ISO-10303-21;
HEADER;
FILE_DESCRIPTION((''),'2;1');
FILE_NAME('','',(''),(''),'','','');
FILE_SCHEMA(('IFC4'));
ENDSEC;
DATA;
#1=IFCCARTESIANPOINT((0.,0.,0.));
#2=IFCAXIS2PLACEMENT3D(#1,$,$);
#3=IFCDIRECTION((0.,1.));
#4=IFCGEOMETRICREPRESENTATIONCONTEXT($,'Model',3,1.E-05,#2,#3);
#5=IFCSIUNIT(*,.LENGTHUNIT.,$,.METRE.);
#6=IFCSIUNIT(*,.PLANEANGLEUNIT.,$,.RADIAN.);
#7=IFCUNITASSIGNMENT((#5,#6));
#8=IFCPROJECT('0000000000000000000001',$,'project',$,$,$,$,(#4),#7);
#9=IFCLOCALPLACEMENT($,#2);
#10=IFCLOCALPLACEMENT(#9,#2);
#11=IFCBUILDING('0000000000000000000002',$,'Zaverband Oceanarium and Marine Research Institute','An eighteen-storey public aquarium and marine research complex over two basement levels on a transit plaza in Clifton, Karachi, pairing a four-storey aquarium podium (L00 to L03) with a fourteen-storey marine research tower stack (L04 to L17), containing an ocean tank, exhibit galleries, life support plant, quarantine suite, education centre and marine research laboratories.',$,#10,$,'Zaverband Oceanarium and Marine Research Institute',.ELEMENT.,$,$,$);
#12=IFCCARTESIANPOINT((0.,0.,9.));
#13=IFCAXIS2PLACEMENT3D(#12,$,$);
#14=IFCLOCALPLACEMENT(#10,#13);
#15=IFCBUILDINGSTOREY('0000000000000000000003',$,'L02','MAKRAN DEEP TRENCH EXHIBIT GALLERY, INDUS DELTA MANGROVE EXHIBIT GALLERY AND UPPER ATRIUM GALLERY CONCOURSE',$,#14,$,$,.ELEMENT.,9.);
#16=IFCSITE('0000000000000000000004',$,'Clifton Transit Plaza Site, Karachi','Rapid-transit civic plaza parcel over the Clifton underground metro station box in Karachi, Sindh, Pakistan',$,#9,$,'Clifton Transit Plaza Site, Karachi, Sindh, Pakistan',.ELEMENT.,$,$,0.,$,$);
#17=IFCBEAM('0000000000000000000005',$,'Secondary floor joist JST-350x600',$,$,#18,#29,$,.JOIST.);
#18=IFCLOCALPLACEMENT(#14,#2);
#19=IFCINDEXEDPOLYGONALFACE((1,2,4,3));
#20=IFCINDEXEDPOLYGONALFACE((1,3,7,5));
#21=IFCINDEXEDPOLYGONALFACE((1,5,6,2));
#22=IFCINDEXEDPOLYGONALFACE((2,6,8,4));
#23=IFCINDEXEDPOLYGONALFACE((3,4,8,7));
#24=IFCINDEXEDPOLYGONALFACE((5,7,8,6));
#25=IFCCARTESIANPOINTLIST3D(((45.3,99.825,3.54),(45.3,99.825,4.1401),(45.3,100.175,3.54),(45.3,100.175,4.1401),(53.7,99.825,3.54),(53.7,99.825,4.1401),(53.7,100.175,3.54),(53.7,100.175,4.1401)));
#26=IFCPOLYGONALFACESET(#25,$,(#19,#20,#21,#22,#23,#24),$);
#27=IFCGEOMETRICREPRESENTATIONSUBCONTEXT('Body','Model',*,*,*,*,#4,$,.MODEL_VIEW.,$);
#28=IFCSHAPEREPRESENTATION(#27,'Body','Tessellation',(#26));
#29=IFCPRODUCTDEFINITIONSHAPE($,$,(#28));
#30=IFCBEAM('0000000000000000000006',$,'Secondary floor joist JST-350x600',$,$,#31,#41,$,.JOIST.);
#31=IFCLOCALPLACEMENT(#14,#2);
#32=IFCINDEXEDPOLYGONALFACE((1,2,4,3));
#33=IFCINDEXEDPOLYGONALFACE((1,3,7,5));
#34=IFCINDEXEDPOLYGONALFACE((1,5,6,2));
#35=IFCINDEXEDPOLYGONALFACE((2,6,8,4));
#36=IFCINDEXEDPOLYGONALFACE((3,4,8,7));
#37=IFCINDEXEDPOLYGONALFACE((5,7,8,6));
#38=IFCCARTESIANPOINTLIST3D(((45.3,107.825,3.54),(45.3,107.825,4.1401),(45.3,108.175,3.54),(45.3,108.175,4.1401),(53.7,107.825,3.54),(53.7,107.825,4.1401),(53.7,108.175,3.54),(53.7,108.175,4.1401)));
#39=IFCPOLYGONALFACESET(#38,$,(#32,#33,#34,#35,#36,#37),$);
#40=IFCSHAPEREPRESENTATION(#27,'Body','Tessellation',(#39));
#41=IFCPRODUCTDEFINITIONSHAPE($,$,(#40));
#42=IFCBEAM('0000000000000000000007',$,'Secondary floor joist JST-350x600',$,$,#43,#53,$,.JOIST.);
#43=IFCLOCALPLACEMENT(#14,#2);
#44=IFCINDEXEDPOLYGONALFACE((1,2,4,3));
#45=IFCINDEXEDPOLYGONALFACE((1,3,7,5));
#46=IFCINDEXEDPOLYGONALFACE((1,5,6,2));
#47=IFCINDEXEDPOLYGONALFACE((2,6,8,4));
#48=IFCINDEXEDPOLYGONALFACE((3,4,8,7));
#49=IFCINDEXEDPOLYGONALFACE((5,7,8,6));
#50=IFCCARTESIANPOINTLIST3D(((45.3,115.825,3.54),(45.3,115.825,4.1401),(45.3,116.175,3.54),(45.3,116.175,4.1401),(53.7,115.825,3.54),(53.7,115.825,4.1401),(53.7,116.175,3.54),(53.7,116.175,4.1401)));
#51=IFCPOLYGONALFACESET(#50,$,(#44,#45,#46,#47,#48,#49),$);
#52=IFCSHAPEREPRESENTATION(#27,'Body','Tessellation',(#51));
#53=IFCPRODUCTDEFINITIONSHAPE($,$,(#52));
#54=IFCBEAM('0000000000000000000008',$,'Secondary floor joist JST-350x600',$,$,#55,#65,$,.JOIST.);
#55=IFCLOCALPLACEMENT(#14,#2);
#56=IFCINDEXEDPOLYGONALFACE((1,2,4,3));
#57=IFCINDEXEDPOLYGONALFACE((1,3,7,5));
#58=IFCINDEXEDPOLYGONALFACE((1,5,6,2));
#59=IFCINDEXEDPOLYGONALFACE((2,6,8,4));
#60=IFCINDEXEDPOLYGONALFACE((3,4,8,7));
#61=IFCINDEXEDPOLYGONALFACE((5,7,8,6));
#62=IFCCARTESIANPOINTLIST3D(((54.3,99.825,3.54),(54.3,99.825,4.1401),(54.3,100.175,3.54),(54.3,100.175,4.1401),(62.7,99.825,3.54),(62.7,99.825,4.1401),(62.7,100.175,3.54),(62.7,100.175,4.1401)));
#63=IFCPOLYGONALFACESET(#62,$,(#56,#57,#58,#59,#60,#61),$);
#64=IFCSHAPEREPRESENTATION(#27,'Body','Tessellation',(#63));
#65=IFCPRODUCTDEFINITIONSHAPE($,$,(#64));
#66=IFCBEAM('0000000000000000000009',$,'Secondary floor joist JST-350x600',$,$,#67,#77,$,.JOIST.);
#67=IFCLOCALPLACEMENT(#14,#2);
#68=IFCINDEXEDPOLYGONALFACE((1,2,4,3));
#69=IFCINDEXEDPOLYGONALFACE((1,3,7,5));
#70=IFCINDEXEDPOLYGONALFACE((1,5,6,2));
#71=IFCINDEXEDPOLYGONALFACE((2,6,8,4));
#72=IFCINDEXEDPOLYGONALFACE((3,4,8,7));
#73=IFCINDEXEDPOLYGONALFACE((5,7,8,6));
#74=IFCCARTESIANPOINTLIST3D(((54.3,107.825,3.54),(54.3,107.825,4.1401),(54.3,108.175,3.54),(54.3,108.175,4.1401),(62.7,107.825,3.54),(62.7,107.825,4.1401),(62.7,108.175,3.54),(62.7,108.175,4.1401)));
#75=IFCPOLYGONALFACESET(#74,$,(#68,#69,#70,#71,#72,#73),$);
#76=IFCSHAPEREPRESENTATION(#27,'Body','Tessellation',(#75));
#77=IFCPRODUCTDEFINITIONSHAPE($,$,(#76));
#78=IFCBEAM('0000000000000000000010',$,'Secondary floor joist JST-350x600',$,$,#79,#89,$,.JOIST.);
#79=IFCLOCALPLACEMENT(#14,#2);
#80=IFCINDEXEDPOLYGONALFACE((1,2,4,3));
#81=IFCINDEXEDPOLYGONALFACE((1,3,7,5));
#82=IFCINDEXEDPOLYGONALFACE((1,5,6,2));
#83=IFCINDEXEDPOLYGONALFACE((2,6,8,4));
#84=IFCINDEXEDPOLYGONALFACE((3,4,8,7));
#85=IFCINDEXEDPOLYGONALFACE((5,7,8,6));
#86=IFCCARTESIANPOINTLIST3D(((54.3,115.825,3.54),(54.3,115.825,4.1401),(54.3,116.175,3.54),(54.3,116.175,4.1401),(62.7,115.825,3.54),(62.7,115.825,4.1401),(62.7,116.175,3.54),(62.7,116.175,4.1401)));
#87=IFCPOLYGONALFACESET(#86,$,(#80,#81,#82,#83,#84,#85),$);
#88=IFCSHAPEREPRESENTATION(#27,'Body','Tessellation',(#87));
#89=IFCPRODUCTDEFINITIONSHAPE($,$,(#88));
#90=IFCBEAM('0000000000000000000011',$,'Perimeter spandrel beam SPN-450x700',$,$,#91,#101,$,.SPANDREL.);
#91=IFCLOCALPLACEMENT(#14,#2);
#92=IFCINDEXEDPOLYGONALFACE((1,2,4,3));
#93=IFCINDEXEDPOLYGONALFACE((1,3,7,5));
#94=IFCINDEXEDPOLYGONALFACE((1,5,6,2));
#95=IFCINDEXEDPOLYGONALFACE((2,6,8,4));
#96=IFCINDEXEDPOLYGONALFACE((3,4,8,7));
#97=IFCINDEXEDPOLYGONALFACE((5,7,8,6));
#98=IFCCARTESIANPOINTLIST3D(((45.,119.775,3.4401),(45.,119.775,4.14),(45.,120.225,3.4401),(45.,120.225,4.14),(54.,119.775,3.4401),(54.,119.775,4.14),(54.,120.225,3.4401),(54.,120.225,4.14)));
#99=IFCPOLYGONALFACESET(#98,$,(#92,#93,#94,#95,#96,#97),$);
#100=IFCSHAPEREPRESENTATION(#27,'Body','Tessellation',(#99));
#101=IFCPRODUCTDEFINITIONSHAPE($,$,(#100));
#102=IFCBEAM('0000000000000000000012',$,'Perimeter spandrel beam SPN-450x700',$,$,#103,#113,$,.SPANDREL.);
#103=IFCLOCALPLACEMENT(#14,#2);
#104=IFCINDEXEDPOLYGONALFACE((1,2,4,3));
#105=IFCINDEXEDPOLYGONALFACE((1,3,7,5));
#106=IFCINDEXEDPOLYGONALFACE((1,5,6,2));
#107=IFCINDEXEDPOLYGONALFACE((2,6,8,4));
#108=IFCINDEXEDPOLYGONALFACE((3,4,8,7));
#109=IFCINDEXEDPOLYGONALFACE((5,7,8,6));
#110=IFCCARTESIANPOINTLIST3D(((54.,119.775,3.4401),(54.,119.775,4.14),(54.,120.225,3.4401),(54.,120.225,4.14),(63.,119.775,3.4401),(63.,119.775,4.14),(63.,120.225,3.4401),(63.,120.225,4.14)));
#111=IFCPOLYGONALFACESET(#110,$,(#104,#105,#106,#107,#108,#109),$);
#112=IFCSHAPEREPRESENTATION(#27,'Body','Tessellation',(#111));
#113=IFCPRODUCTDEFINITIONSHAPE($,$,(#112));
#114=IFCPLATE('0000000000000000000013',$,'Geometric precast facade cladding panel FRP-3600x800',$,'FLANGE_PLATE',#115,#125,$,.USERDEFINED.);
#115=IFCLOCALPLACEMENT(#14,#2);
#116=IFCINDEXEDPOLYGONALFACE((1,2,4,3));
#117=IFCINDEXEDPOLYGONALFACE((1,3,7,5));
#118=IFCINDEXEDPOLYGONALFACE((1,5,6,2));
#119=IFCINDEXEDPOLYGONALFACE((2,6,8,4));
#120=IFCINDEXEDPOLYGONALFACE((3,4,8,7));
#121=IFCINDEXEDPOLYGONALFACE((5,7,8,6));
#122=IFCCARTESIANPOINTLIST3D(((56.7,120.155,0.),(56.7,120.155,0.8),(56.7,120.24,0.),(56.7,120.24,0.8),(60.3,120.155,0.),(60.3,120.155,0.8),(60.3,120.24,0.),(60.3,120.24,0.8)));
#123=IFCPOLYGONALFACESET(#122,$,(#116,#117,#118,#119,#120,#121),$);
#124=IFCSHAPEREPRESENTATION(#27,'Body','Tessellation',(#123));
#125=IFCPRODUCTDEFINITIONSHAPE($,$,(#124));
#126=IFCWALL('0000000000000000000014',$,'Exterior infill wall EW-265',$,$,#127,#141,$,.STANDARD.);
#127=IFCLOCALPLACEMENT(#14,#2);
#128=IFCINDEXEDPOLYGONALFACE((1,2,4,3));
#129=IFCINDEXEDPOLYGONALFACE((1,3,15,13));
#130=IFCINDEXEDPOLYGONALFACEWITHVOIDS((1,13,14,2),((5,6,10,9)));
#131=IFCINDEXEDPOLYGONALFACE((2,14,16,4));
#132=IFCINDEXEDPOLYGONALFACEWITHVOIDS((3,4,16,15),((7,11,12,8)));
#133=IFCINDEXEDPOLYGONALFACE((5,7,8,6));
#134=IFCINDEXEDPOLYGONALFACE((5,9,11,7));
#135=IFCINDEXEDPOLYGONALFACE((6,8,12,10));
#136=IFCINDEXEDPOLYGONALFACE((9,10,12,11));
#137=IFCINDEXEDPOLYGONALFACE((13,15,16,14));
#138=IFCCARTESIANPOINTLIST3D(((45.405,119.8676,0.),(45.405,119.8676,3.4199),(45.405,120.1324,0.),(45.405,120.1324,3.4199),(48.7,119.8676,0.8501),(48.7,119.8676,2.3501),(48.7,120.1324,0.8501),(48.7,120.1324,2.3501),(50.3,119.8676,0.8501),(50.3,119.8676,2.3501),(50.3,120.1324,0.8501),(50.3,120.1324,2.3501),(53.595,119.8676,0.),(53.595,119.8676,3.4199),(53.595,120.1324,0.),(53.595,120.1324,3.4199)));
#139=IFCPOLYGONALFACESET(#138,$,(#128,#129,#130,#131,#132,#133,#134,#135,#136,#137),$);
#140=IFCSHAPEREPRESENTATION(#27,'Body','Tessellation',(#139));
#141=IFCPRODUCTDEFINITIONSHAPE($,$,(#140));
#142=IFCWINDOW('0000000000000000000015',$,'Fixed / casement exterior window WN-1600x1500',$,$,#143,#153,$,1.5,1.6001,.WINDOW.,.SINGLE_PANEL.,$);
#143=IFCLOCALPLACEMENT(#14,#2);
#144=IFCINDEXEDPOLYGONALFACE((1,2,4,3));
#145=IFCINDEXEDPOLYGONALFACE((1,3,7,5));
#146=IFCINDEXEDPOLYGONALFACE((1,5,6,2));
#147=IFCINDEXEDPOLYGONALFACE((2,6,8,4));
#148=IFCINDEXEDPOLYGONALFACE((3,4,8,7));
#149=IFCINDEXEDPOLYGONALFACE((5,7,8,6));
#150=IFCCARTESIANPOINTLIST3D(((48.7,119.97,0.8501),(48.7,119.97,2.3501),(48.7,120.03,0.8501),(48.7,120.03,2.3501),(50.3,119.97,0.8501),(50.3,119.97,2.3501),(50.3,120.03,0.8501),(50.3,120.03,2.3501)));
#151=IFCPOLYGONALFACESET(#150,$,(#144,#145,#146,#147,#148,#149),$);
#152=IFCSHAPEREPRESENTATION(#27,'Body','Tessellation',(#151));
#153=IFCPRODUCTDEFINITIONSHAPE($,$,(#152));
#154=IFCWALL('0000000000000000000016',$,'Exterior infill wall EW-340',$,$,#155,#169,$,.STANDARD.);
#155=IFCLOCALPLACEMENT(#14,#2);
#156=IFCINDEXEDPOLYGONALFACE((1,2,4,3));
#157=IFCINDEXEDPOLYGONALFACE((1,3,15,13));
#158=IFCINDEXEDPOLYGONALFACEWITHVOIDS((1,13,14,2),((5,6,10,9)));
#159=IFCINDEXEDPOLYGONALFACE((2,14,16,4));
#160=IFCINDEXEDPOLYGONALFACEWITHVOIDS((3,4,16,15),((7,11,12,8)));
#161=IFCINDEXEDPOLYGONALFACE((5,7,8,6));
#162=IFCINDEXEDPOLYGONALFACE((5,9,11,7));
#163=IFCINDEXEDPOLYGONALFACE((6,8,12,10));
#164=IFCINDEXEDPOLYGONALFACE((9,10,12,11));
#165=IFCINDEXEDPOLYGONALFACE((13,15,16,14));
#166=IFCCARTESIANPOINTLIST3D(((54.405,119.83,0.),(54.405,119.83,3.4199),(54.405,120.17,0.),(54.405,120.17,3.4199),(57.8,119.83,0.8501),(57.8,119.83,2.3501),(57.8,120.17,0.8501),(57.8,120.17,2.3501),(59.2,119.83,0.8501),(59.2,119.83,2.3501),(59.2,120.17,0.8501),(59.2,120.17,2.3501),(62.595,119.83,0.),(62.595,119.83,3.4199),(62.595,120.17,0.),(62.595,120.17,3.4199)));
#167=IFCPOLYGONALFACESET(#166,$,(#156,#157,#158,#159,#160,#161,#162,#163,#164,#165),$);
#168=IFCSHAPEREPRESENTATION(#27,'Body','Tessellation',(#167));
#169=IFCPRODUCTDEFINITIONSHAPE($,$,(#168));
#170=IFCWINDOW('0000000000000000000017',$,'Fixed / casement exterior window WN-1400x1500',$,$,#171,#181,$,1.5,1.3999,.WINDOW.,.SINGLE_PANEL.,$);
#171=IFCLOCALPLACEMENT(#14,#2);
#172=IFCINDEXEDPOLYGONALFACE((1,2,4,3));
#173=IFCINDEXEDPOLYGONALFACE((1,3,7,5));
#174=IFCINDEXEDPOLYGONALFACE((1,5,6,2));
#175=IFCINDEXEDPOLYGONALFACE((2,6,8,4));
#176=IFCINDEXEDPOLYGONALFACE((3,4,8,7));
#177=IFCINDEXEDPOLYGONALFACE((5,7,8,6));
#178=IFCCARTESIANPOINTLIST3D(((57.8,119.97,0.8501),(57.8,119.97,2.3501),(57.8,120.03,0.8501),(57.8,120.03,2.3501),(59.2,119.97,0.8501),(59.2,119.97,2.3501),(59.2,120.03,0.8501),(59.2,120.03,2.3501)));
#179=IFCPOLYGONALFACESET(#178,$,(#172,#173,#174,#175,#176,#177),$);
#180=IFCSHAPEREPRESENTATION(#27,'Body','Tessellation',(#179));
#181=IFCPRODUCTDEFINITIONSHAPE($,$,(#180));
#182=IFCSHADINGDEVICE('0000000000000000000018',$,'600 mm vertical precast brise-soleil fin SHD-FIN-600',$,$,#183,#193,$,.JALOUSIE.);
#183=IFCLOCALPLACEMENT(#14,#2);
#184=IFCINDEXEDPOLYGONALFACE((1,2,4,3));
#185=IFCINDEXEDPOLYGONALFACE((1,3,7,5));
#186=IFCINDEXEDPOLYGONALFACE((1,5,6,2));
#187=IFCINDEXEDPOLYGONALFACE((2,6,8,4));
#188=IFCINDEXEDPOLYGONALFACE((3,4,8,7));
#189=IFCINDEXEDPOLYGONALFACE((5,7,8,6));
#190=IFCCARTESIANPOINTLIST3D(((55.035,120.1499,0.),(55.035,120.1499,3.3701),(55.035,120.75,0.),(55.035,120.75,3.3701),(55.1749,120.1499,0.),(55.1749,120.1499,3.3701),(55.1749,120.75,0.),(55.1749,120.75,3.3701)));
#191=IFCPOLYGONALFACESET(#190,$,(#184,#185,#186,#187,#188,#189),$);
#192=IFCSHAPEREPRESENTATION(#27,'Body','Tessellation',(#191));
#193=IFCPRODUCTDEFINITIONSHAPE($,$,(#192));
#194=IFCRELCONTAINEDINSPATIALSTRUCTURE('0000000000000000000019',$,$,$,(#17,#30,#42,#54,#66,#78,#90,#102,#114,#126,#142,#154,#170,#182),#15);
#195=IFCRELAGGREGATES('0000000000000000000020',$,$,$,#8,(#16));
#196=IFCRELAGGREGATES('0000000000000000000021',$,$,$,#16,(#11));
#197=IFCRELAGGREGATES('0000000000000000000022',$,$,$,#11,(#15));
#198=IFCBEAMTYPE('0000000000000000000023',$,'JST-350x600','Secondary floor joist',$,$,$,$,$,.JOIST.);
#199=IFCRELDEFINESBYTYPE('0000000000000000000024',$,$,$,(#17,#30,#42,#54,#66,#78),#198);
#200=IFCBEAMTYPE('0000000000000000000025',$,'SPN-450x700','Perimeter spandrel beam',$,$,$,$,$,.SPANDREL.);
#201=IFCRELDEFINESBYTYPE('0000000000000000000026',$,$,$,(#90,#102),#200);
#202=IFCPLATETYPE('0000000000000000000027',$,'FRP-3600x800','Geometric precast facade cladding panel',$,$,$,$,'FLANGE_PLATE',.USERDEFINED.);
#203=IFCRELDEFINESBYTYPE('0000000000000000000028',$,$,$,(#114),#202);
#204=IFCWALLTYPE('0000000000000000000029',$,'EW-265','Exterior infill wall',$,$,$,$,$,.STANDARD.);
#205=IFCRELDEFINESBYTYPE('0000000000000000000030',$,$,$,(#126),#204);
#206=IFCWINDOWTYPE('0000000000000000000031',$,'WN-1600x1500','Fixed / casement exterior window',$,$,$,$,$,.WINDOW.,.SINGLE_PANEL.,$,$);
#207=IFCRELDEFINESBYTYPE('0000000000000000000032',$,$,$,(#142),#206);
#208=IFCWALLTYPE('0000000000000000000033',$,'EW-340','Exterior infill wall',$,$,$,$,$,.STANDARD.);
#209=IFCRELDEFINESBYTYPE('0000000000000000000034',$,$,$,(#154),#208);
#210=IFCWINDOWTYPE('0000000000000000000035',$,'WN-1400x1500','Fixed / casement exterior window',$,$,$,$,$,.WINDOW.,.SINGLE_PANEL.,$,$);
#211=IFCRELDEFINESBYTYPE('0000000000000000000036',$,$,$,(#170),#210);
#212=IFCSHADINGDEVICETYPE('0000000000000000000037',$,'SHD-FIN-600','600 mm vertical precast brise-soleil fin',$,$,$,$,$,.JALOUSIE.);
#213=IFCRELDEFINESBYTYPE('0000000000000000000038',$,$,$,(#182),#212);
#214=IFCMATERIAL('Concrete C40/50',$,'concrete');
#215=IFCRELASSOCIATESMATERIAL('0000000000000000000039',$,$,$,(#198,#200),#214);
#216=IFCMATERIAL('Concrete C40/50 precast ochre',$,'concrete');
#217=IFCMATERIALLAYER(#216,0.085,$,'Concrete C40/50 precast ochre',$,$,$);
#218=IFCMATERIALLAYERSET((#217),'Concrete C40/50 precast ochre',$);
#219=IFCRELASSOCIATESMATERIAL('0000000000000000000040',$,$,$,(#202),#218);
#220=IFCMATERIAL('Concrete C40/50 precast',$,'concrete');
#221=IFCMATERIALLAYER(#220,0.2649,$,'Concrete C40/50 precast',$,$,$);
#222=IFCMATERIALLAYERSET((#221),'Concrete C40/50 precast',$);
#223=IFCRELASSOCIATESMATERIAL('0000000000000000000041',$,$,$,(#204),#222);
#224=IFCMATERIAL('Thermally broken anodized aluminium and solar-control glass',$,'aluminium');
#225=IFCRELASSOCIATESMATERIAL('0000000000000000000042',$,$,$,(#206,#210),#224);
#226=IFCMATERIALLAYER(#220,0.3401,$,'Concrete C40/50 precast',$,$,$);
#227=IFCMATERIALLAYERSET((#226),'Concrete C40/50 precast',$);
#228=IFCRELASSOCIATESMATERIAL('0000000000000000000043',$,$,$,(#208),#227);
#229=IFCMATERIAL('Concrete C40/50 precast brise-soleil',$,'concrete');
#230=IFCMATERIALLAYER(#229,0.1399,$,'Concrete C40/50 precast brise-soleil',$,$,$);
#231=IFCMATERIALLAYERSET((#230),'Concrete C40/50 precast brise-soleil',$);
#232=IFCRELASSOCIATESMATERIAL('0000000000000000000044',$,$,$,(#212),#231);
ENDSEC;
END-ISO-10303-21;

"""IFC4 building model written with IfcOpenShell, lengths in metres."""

from ifc_helpers import new_model, si_unit, direction, frame, frame_2d, origin, origin_2d, place, context, subcontext, project, spatial, rectangle, extrude, material, layer, layer_set, material_profile, profile_set, type_object, element, fill, save


model = new_model("IFC4")

# Units and contexts
model_context = context("Model", 3, precision=1e-05, world=origin(), true_north=direction((0.0, 1.0)))
body_context = subcontext(model_context, "Body", "Model", "MODEL_VIEW")
ifc_project = project(units=[si_unit("LENGTHUNIT", "METRE"), si_unit("PLANEANGLEUNIT", "RADIAN")], contexts=[model_context])

# Site, building, storey
site_placement = place(None, origin())
site = spatial("IfcSite", under=ifc_project, at=site_placement, Name="Clifton Transit Plaza Site, Karachi", Description="Rapid-transit civic plaza parcel over the Clifton underground metro station box in Karachi, Sindh, Pakistan", LongName="Clifton Transit Plaza Site, Karachi, Sindh, Pakistan", CompositionType="ELEMENT", RefElevation=0.0)
building_placement = place(site_placement, origin())
building = spatial("IfcBuilding", under=site, at=building_placement, Name="Zaverband Oceanarium and Marine Research Institute", Description="An eighteen-storey public aquarium and marine research complex over two basement levels on a transit plaza in Clifton, Karachi, pairing a four-storey aquarium podium (L00 to L03) with a fourteen-storey marine research tower stack (L04 to L17), containing an ocean tank, exhibit galleries, life support plant, quarantine suite, education centre and marine research laboratories.", LongName="Zaverband Oceanarium and Marine Research Institute", CompositionType="ELEMENT")
storey_placement = place(building_placement, frame((0.0, 0.0, 9.0)))
storey = spatial("IfcBuildingStorey", under=building, at=storey_placement, Name="L02", Description="MAKRAN DEEP TRENCH EXHIBIT GALLERY, INDUS DELTA MANGROVE EXHIBIT GALLERY AND UPPER ATRIUM GALLERY CONCOURSE", CompositionType="ELEMENT", Elevation=9.0)

# Beams
ifc_material_1 = material(Name="Concrete C40/50", Category="concrete")
ifc_material_profile_1 = material_profile(ifc_material_1, rectangle(XDim=0.3501, YDim=0.6001, at=origin_2d()), Name="RC350x600")
ifc_profile_set_1 = profile_set([ifc_material_profile_1], Name="Concrete C40/50")
beam_type_1 = type_object("IfcBeamType", Name="JST-350x600", Description="Secondary floor joist", PredefinedType="JOIST", material=ifc_profile_set_1)
for number, where, z_axis, x_axis, name in (
    (1, (45.3, 100.0, 3.8401), (1.0, 0.0, 0.0), (0.0, 1.0, 0.0), "Secondary floor joist JST-350x600"),
    (2, (45.3, 108.0, 3.8401), (1.0, 0.0, 0.0), (0.0, 1.0, 0.0), "Secondary floor joist JST-350x600"),
    (3, (45.3, 116.0, 3.8401), (1.0, 0.0, 0.0), (0.0, 1.0, 0.0), "Secondary floor joist JST-350x600"),
    (4, (54.3, 100.0, 3.8401), (1.0, 0.0, 0.0), (0.0, 1.0, 0.0), "Secondary floor joist JST-350x600"),
    (5, (54.3, 108.0, 3.8401), (1.0, 0.0, 0.0), (0.0, 1.0, 0.0), "Secondary floor joist JST-350x600"),
    (6, (54.3, 116.0, 3.8401), (1.0, 0.0, 0.0), (0.0, 1.0, 0.0), "Secondary floor joist JST-350x600"),
):
    element("IfcBeam", number, at=place(storey_placement, frame(where, z_axis=z_axis, x_axis=x_axis)), inside=storey, type_object=beam_type_1, Name=name, PredefinedType="JOIST", context=body_context, shape_type="SweptSolid", body=[
        extrude(rectangle(XDim=0.3501, YDim=0.6001, at=origin_2d()), origin(), (0.0, 0.0, 1.0), 8.3999),
    ])
ifc_material_profile_2 = material_profile(ifc_material_1, rectangle(XDim=0.45, YDim=0.7, at=origin_2d()), Name="RC450x700")
ifc_profile_set_2 = profile_set([ifc_material_profile_2], Name="Concrete C40/50")
beam_type_2 = type_object("IfcBeamType", Name="SPN-450x700", Description="Perimeter spandrel beam", PredefinedType="SPANDREL", material=ifc_profile_set_2)
for number, where, z_axis, x_axis, name in (
    (7, (45.0, 120.0, 3.79), (1.0, 0.0, 0.0), (0.0, 1.0, 0.0), "Perimeter spandrel beam SPN-450x700"),
    (8, (54.0, 120.0, 3.79), (1.0, 0.0, 0.0), (0.0, 1.0, 0.0), "Perimeter spandrel beam SPN-450x700"),
):
    element("IfcBeam", number, at=place(storey_placement, frame(where, z_axis=z_axis, x_axis=x_axis)), inside=storey, type_object=beam_type_2, Name=name, PredefinedType="SPANDREL", context=body_context, shape_type="SweptSolid", body=[
        extrude(rectangle(XDim=0.45, YDim=0.7, at=origin_2d()), origin(), (0.0, 0.0, 1.0), 9.0),
    ])

# Plate
ifc_material_2 = material(Name="Concrete C40/50 precast ochre", Category="concrete")
ifc_layer_1 = layer(ifc_material_2, 0.085, Name="Concrete C40/50 precast ochre")
ifc_layer_set_1 = layer_set([ifc_layer_1], Name="Concrete C40/50 precast ochre")
plate_type = type_object("IfcPlateType", Name="FRP-3600x800", Description="Geometric precast facade cladding panel", ElementType="FLANGE_PLATE", PredefinedType="USERDEFINED", material=ifc_layer_set_1)
plate_placement = place(storey_placement, frame((56.7, 120.1975, 0.0), z_axis=(0.0, 0.0, 1.0), x_axis=(1.0, 0.0, 0.0)))
element("IfcPlate", 9, at=plate_placement, inside=storey, type_object=plate_type, Name="Geometric precast facade cladding panel FRP-3600x800", ObjectType="FLANGE_PLATE", PredefinedType="USERDEFINED", context=body_context, shape_type="SweptSolid", body=[
    extrude(rectangle(XDim=3.6001, YDim=0.085, at=frame_2d((1.8, 0.0))), origin(), (0.0, 0.0, 1.0), 0.8),
])

# Walls, openings, windows
ifc_material_3 = material(Name="Concrete C40/50 precast", Category="concrete")
ifc_layer_2 = layer(ifc_material_3, 0.2649, Name="Concrete C40/50 precast")
ifc_layer_set_2 = layer_set([ifc_layer_2], Name="Concrete C40/50 precast")
wall_type_1 = type_object("IfcWallType", Name="EW-265", Description="Exterior infill wall", PredefinedType="STANDARD", material=ifc_layer_set_2)
wall_1_placement = place(storey_placement, frame((45.405, 120.0, 0.0), z_axis=(0.0, 0.0, 1.0), x_axis=(1.0, 0.0, 0.0)))
wall_1 = element("IfcWall", 10, at=wall_1_placement, inside=storey, type_object=wall_type_1, Name="Exterior infill wall EW-265", PredefinedType="STANDARD", context=body_context, shape_type="SweptSolid", body=[
    extrude(rectangle(XDim=8.1899, YDim=0.2649, at=frame_2d((4.095, 0.0))), origin(), (0.0, 0.0, 1.0), 3.4199),
])
opening_1_placement = place(wall_1_placement, frame((3.2949, 0.0, 0.8501)))
opening_1 = element("IfcOpeningElement", 11, at=opening_1_placement, cuts=wall_1, PredefinedType="OPENING", context=body_context, shape_type="SweptSolid", body=[
    extrude(rectangle(XDim=1.6001, YDim=1.5, at=frame_2d((0.8, 0.75))), frame((0.0, 0.1445, 0.0), z_axis=(0.0, -1.0, 0.0), x_axis=(1.0, 0.0, 0.0)), (0.0, 0.0, 1.0), 0.2888),
])
ifc_material_4 = material(Name="Thermally broken anodized aluminium and solar-control glass", Category="aluminium")
window_type_1 = type_object("IfcWindowType", Name="WN-1600x1500", Description="Fixed / casement exterior window", PartitioningType="SINGLE_PANEL", PredefinedType="WINDOW", material=ifc_material_4)
window_1_placement = place(opening_1_placement, origin())
window_1 = element("IfcWindow", 12, at=window_1_placement, inside=storey, type_object=window_type_1, Name="Fixed / casement exterior window WN-1600x1500", OverallHeight=1.5, OverallWidth=1.6001, PartitioningType="SINGLE_PANEL", PredefinedType="WINDOW", context=body_context, shape_type="SweptSolid", body=[
    extrude(rectangle(XDim=1.6001, YDim=1.5, at=frame_2d((0.8, 0.75))), frame((0.0, 0.03, 0.0), z_axis=(0.0, -1.0, 0.0), x_axis=(1.0, 0.0, 0.0)), (0.0, 0.0, 1.0), 0.0601),
])
fill(opening_1, window_1)
ifc_layer_3 = layer(ifc_material_3, 0.3401, Name="Concrete C40/50 precast")
ifc_layer_set_3 = layer_set([ifc_layer_3], Name="Concrete C40/50 precast")
wall_type_2 = type_object("IfcWallType", Name="EW-340", Description="Exterior infill wall", PredefinedType="STANDARD", material=ifc_layer_set_3)
wall_2_placement = place(storey_placement, frame((54.405, 120.0, 0.0), z_axis=(0.0, 0.0, 1.0), x_axis=(1.0, 0.0, 0.0)))
wall_2 = element("IfcWall", 13, at=wall_2_placement, inside=storey, type_object=wall_type_2, Name="Exterior infill wall EW-340", PredefinedType="STANDARD", context=body_context, shape_type="SweptSolid", body=[
    extrude(rectangle(XDim=8.1899, YDim=0.3401, at=frame_2d((4.095, 0.0))), origin(), (0.0, 0.0, 1.0), 3.4199),
])
opening_2_placement = place(wall_2_placement, frame((3.395, 0.0, 0.8501)))
opening_2 = element("IfcOpeningElement", 14, at=opening_2_placement, cuts=wall_2, PredefinedType="OPENING", context=body_context, shape_type="SweptSolid", body=[
    extrude(rectangle(XDim=1.3999, YDim=1.5, at=frame_2d((0.7, 0.75))), frame((0.0, 0.1821, 0.0), z_axis=(0.0, -1.0, 0.0), x_axis=(1.0, 0.0, 0.0)), (0.0, 0.0, 1.0), 0.364),
])
window_type_2 = type_object("IfcWindowType", Name="WN-1400x1500", Description="Fixed / casement exterior window", PartitioningType="SINGLE_PANEL", PredefinedType="WINDOW", material=ifc_material_4)
window_2_placement = place(opening_2_placement, origin())
window_2 = element("IfcWindow", 15, at=window_2_placement, inside=storey, type_object=window_type_2, Name="Fixed / casement exterior window WN-1400x1500", OverallHeight=1.5, OverallWidth=1.3999, PartitioningType="SINGLE_PANEL", PredefinedType="WINDOW", context=body_context, shape_type="SweptSolid", body=[
    extrude(rectangle(XDim=1.3999, YDim=1.5, at=frame_2d((0.7, 0.75))), frame((0.0, 0.03, 0.0), z_axis=(0.0, -1.0, 0.0), x_axis=(1.0, 0.0, 0.0)), (0.0, 0.0, 1.0), 0.0601),
])
fill(opening_2, window_2)

# Shading device
ifc_material_5 = material(Name="Concrete C40/50 precast brise-soleil", Category="concrete")
ifc_layer_4 = layer(ifc_material_5, 0.1399, Name="Concrete C40/50 precast brise-soleil")
ifc_layer_set_4 = layer_set([ifc_layer_4], Name="Concrete C40/50 precast brise-soleil")
shading_device_type = type_object("IfcShadingDeviceType", Name="SHD-FIN-600", Description="600 mm vertical precast brise-soleil fin", PredefinedType="JALOUSIE", material=ifc_layer_set_4)
shading_device_placement = place(storey_placement, frame((55.105, 120.1499, 0.0), z_axis=(0.0, 0.0, 1.0), x_axis=(0.0, 1.0, 0.0)))
element("IfcShadingDevice", 16, at=shading_device_placement, inside=storey, type_object=shading_device_type, Name="600 mm vertical precast brise-soleil fin SHD-FIN-600", PredefinedType="JALOUSIE", context=body_context, shape_type="SweptSolid", body=[
    extrude(rectangle(XDim=0.6001, YDim=0.1399, at=frame_2d((0.3, 0.0))), origin(), (0.0, 0.0, 1.0), 3.3701),
])

save(model, "model.ifc")
